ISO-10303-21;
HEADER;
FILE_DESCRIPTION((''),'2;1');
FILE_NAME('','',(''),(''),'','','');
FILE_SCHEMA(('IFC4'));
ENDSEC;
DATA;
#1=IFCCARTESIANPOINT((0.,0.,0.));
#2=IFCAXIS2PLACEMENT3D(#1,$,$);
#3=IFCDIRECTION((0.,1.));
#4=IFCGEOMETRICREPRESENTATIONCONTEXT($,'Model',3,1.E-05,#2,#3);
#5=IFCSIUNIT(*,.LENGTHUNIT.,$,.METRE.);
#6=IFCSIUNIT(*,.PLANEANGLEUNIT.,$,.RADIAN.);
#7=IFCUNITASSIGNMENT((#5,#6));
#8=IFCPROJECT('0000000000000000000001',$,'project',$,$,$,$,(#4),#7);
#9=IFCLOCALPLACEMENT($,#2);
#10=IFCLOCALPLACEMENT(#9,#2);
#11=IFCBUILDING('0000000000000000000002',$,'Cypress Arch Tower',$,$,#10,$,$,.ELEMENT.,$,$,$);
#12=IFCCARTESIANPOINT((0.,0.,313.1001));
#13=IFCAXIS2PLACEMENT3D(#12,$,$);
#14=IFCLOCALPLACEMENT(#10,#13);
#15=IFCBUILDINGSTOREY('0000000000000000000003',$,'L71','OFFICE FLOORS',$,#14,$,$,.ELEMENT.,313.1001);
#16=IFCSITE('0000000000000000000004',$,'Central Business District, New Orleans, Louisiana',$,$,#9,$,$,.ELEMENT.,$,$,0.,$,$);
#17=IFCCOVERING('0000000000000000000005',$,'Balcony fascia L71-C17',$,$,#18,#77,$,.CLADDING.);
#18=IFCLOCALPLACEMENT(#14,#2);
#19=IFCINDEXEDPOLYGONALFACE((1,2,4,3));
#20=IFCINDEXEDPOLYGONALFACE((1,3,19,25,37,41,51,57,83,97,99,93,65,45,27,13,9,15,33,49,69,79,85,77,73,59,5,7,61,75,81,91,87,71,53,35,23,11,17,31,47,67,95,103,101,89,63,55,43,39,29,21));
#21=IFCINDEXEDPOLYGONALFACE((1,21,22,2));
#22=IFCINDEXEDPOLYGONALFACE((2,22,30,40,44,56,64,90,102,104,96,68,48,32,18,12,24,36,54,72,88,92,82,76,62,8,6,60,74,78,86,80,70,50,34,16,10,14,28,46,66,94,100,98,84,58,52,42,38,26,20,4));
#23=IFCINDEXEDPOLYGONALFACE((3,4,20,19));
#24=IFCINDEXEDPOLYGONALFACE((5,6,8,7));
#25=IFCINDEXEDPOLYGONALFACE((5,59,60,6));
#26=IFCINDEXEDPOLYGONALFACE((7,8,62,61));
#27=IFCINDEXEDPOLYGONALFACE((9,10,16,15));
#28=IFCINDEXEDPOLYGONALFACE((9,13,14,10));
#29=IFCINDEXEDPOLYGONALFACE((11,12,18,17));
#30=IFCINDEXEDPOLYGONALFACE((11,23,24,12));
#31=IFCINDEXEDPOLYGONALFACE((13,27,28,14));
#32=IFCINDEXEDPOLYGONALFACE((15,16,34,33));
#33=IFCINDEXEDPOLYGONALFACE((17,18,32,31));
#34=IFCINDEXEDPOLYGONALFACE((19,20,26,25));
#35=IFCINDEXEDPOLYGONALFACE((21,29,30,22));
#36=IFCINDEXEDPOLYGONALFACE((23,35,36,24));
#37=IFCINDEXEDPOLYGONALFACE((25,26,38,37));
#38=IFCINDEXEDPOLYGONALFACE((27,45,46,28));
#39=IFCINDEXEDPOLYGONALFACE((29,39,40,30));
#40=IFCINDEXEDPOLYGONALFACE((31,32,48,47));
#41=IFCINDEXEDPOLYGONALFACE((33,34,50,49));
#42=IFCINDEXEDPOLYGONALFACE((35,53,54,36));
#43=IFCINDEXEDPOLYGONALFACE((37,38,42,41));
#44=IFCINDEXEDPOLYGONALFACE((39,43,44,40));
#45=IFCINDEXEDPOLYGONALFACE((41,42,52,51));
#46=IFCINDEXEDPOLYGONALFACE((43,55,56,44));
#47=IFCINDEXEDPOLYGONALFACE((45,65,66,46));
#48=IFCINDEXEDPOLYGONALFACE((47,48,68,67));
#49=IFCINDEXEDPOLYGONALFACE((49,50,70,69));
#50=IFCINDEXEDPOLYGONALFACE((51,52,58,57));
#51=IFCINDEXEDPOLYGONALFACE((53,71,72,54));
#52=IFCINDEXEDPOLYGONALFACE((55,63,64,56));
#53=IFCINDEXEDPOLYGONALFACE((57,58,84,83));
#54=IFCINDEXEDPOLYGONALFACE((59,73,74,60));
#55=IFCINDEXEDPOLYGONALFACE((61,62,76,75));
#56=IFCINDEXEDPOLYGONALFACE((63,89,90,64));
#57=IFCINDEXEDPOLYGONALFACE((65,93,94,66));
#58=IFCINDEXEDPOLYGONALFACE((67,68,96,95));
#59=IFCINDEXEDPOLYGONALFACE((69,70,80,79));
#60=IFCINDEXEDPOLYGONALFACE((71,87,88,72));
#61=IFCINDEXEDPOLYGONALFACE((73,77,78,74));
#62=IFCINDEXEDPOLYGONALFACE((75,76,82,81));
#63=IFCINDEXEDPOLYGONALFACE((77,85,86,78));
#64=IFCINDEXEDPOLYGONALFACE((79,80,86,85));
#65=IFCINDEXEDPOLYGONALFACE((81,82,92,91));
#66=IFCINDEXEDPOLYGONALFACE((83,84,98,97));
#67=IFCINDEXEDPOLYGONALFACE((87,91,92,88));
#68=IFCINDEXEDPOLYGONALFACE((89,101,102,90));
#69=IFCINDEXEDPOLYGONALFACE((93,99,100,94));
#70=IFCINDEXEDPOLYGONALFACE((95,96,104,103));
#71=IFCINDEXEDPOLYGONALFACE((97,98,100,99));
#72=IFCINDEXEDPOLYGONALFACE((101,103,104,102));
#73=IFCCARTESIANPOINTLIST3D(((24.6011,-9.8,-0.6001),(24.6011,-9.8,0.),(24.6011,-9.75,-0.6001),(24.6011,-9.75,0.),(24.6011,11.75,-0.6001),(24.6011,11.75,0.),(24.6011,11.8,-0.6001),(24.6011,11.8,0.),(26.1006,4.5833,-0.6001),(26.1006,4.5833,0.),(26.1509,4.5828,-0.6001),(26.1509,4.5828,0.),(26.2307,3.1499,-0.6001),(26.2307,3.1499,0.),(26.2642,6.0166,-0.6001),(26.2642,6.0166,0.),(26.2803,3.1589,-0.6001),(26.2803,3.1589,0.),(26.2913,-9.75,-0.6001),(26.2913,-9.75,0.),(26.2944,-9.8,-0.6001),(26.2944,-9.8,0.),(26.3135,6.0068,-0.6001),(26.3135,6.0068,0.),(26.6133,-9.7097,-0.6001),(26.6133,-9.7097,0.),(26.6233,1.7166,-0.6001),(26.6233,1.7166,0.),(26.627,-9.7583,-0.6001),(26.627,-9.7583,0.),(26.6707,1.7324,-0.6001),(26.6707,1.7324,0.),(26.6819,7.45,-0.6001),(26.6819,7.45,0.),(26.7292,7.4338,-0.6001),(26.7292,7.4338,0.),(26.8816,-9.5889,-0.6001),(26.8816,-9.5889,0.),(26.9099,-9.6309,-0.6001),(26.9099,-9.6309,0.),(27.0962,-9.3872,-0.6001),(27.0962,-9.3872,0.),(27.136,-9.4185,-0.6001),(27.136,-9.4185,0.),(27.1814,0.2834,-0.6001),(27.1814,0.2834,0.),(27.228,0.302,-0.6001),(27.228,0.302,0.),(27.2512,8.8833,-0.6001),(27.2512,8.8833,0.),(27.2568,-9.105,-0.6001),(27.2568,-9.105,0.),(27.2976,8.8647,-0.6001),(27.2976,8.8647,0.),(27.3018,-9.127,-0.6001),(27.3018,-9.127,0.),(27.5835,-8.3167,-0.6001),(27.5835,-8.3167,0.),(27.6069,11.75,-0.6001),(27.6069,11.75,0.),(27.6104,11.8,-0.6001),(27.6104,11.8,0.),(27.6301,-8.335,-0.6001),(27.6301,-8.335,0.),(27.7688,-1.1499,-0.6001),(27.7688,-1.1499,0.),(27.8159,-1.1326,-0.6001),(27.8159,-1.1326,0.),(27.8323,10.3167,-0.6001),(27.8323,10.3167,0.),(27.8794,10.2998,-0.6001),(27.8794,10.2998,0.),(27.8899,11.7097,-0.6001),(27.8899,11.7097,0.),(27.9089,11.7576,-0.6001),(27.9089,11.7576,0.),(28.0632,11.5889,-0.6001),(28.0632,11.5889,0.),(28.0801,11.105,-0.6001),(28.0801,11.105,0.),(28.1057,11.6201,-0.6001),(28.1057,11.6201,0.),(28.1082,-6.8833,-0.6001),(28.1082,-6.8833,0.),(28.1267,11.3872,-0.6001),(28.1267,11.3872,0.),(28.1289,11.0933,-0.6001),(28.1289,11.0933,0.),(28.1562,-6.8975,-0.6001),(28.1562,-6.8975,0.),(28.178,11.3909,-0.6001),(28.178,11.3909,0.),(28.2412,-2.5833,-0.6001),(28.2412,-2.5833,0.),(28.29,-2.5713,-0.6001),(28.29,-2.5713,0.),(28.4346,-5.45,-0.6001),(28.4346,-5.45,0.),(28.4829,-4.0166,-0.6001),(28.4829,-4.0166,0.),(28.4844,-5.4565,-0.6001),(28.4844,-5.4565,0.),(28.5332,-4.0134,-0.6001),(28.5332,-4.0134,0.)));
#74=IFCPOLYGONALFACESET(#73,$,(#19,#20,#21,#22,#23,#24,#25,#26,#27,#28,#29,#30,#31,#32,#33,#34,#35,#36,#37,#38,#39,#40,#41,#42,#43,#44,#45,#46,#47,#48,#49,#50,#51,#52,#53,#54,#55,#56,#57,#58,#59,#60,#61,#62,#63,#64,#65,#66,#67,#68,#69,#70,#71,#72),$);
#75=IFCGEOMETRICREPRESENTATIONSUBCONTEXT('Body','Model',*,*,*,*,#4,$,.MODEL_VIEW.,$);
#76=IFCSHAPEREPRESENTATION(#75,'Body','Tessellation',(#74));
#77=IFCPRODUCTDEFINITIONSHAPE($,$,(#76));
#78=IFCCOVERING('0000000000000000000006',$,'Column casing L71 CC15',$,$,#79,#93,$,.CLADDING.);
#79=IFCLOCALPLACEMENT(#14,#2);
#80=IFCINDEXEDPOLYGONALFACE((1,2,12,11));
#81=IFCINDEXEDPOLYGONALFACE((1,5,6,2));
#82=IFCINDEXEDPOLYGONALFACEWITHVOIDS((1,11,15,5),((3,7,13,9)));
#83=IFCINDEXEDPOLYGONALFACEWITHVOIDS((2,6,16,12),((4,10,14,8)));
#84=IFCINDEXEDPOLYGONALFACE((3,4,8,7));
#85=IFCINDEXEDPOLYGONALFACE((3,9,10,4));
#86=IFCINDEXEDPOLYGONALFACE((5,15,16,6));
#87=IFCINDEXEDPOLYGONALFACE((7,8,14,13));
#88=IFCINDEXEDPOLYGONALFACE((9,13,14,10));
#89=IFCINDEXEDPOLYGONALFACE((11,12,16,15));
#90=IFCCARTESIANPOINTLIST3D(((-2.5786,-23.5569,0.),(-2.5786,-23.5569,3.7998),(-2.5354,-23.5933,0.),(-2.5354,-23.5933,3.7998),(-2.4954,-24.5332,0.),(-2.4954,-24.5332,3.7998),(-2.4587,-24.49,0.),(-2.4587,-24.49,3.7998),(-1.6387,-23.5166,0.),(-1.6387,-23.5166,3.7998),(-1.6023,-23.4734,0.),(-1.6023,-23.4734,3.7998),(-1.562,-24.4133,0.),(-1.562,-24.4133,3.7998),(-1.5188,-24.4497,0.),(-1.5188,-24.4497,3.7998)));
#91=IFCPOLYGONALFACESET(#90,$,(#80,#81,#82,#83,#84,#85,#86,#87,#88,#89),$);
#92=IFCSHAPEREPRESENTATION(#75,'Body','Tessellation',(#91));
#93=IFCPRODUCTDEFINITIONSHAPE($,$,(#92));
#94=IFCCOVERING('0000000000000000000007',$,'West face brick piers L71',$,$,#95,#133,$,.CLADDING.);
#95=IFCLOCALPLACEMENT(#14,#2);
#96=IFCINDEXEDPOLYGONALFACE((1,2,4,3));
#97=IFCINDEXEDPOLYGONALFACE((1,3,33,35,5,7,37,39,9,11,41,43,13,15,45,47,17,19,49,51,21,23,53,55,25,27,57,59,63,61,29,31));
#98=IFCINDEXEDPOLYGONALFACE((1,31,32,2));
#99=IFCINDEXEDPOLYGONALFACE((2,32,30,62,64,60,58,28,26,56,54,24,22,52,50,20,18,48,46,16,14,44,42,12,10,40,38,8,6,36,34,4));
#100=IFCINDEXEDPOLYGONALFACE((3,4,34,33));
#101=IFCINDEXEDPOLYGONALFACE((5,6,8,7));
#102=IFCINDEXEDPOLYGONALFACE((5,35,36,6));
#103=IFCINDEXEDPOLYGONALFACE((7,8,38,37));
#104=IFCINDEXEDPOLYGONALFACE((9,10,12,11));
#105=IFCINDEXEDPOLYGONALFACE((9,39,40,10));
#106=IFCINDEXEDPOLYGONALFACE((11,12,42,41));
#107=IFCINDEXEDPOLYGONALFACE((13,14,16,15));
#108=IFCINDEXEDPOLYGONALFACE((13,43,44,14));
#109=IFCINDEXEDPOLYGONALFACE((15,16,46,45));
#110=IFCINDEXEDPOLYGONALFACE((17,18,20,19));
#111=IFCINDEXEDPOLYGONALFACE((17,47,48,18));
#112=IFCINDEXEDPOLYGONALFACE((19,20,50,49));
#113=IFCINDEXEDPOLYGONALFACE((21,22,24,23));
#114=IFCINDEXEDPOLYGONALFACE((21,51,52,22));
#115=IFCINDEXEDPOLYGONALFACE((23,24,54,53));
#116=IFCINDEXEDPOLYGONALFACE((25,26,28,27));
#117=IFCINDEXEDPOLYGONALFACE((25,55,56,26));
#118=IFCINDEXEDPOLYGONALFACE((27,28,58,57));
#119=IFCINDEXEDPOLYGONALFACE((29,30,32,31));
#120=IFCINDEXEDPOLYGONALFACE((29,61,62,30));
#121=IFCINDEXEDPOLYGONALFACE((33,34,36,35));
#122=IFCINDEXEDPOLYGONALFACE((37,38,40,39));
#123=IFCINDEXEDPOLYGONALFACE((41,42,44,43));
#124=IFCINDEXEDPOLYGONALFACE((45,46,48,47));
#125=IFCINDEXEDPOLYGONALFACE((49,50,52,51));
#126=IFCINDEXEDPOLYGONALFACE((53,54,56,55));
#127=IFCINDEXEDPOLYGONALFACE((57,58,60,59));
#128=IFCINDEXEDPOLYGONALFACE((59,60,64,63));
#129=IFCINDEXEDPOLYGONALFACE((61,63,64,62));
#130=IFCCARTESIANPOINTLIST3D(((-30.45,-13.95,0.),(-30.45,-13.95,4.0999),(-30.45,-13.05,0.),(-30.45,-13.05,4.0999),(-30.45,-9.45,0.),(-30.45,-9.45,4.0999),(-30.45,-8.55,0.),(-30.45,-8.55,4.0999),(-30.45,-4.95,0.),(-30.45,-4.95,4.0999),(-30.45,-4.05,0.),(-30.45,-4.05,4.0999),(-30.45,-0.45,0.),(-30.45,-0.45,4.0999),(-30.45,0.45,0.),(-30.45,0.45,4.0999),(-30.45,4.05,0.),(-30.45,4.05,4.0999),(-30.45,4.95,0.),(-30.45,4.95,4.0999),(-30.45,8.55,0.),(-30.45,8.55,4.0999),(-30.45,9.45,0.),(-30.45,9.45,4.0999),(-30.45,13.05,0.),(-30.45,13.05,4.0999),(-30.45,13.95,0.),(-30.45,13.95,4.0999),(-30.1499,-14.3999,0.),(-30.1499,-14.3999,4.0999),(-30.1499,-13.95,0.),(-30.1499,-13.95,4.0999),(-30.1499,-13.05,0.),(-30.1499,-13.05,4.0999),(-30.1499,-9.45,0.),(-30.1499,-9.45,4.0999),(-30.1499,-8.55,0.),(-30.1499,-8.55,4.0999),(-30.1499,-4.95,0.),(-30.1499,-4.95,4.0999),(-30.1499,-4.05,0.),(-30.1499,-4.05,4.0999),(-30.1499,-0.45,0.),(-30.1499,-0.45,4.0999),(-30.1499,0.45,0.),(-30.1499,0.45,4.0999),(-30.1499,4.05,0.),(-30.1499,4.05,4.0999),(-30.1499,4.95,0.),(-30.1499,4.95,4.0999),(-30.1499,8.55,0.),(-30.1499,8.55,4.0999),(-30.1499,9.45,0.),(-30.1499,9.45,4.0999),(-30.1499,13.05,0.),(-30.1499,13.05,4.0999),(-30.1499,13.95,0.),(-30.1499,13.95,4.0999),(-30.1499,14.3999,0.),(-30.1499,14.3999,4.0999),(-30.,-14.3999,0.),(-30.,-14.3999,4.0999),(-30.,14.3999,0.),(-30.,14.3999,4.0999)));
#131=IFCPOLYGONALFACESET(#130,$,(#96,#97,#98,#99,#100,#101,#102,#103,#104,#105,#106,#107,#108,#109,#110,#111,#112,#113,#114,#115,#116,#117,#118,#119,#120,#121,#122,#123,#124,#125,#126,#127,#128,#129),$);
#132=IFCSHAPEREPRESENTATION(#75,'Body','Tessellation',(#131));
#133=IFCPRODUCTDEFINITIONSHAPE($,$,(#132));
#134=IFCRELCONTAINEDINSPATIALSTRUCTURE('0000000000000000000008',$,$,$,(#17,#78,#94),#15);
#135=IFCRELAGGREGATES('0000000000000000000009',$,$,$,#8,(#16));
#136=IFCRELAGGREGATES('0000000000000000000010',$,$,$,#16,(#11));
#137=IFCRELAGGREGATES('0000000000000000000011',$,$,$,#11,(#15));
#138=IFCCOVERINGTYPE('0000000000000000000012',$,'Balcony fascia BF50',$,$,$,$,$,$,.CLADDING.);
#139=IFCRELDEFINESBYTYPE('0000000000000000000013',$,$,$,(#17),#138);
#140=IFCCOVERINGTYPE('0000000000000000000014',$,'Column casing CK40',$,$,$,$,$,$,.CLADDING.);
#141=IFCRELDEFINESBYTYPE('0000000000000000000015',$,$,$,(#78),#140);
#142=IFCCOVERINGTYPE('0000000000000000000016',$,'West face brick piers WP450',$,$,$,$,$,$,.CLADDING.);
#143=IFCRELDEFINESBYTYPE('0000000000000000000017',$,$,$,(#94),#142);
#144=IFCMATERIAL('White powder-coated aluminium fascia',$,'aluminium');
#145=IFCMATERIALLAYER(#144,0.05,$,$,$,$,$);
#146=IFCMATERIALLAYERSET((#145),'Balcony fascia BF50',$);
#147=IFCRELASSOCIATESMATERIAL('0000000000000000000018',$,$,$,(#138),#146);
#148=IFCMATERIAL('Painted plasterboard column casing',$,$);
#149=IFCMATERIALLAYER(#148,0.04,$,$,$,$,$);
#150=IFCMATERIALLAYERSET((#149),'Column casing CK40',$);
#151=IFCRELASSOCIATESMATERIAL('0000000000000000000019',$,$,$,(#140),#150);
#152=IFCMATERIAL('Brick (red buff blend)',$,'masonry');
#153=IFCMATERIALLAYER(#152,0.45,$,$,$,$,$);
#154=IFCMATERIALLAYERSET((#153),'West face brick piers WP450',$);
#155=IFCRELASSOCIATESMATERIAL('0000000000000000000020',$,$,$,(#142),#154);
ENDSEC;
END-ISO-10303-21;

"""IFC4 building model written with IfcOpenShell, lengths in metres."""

from ifc_helpers import new_model, si_unit, direction, frame, origin, place, context, subcontext, project, spatial, polyline, outline, extrude, material, layer, layer_set, type_object, element, save


model = new_model("IFC4")

# Units and contexts
model_context = context("Model", 3, precision=1e-05, world=origin(), true_north=direction((0.0, 1.0)))
body_context = subcontext(model_context, "Body", "Model", "MODEL_VIEW")
ifc_project = project(units=[si_unit("LENGTHUNIT", "METRE"), si_unit("PLANEANGLEUNIT", "RADIAN")], contexts=[model_context])

# Site, building, storey
site_placement = place(None, origin())
site = spatial("IfcSite", under=ifc_project, at=site_placement, Name="Central Business District, New Orleans, Louisiana", CompositionType="ELEMENT", RefElevation=0.0)
building_placement = place(site_placement, origin())
building = spatial("IfcBuilding", under=site, at=building_placement, Name="Cypress Arch Tower", CompositionType="ELEMENT")
storey_placement = place(building_placement, frame((0.0, 0.0, 313.1001)))
storey = spatial("IfcBuildingStorey", under=building, at=storey_placement, Name="L71", Description="OFFICE FLOORS", CompositionType="ELEMENT", Elevation=313.1001)

# Coverings
ifc_material_1 = material(Name="White powder-coated aluminium fascia", Category="aluminium")
ifc_layer_1 = layer(ifc_material_1, 0.05)
ifc_layer_set_1 = layer_set([ifc_layer_1], Name="Balcony fascia BF50")
covering_type_1 = type_object("IfcCoveringType", Name="Balcony fascia BF50", PredefinedType="CLADDING", material=ifc_layer_set_1)
covering_1_placement = place(storey_placement, frame((0.0, 0.0, -0.6001)))
element("IfcCovering", 1, at=covering_1_placement, inside=storey, type_object=covering_type_1, Name="Balcony fascia L71-C17", PredefinedType="CLADDING", context=body_context, shape_type="SweptSolid", body=[
    extrude(outline(polyline([(27.6104, 11.8), (27.9089, 11.7576), (28.1057, 11.6201), (28.178, 11.3909), (28.1289, 11.0933), (27.8794, 10.2998), (27.2976, 8.8647), (26.7292, 7.4338), (26.3135, 6.0068), (26.1509, 4.5828), (26.2803, 3.1589), (26.6707, 1.7324), (27.228, 0.302), (27.8159, -1.1326), (28.29, -2.5713), (28.5332, -4.0134), (28.4844, -5.4565), (28.1562, -6.8975), (27.6301, -8.335), (27.3018, -9.127), (27.136, -9.4185), (26.9099, -9.6309), (26.627, -9.7583), (26.2944, -9.8), (24.6011, -9.8), (24.6011, -9.75), (26.2913, -9.75), (26.6133, -9.7097), (26.8816, -9.5889), (27.0962, -9.3872), (27.2568, -9.105), (27.5835, -8.3167), (28.1082, -6.8833), (28.4346, -5.45), (28.4829, -4.0166), (28.2412, -2.5833), (27.7688, -1.1499), (27.1814, 0.2834), (26.6233, 1.7166), (26.2307, 3.1499), (26.1006, 4.5833), (26.2642, 6.0166), (26.6819, 7.45), (27.2512, 8.8833), (27.8323, 10.3167), (28.0801, 11.105), (28.1267, 11.3872), (28.0632, 11.5889), (27.8899, 11.7097), (27.6069, 11.75), (24.6011, 11.75), (24.6011, 11.8), (27.6104, 11.8)])), origin(), (0.0, 0.0, 1.0), 0.6001),
])
ifc_material_2 = material(Name="Painted plasterboard column casing")
ifc_layer_2 = layer(ifc_material_2, 0.04)
ifc_layer_set_2 = layer_set([ifc_layer_2], Name="Column casing CK40")
covering_type_2 = type_object("IfcCoveringType", Name="Column casing CK40", PredefinedType="CLADDING", material=ifc_layer_set_2)
covering_2_placement = place(storey_placement, origin())
element("IfcCovering", 2, at=covering_2_placement, inside=storey, type_object=covering_type_2, Name="Column casing L71 CC15", PredefinedType="CLADDING", context=body_context, shape_type="SweptSolid", body=[
    extrude(outline(polyline([(-2.4954, -24.5332), (-2.5786, -23.5569), (-1.6023, -23.4734), (-1.5188, -24.4497), (-2.4954, -24.5332)]), holes=[polyline([(-2.4587, -24.49), (-1.562, -24.4133), (-1.6387, -23.5166), (-2.5354, -23.5933), (-2.4587, -24.49)])]), origin(), (0.0, 0.0, 1.0), 3.7998),
])
ifc_material_3 = material(Name="Brick (red buff blend)", Category="masonry")
ifc_layer_3 = layer(ifc_material_3, 0.45)
ifc_layer_set_3 = layer_set([ifc_layer_3], Name="West face brick piers WP450")
covering_type_3 = type_object("IfcCoveringType", Name="West face brick piers WP450", PredefinedType="CLADDING", material=ifc_layer_set_3)
covering_3_placement = place(storey_placement, origin())
element("IfcCovering", 3, at=covering_3_placement, inside=storey, type_object=covering_type_3, Name="West face brick piers L71", PredefinedType="CLADDING", context=body_context, shape_type="SweptSolid", body=[
    extrude(outline(polyline([(-30.1499, -13.05), (-30.1499, -9.45), (-30.45, -9.45), (-30.45, -8.55), (-30.1499, -8.55), (-30.1499, -4.95), (-30.45, -4.95), (-30.45, -4.05), (-30.1499, -4.05), (-30.1499, -0.45), (-30.45, -0.45), (-30.45, 0.45), (-30.1499, 0.45), (-30.1499, 4.05), (-30.45, 4.05), (-30.45, 4.95), (-30.1499, 4.95), (-30.1499, 8.55), (-30.45, 8.55), (-30.45, 9.45), (-30.1499, 9.45), (-30.1499, 13.05), (-30.45, 13.05), (-30.45, 13.95), (-30.1499, 13.95), (-30.1499, 14.3999), (-30.0, 14.3999), (-30.0, -14.3999), (-30.1499, -14.3999), (-30.1499, -13.95), (-30.45, -13.95), (-30.45, -13.05), (-30.1499, -13.05)])), origin(), (0.0, 0.0, 1.0), 4.0999),
])

save(model, "model.ifc")
